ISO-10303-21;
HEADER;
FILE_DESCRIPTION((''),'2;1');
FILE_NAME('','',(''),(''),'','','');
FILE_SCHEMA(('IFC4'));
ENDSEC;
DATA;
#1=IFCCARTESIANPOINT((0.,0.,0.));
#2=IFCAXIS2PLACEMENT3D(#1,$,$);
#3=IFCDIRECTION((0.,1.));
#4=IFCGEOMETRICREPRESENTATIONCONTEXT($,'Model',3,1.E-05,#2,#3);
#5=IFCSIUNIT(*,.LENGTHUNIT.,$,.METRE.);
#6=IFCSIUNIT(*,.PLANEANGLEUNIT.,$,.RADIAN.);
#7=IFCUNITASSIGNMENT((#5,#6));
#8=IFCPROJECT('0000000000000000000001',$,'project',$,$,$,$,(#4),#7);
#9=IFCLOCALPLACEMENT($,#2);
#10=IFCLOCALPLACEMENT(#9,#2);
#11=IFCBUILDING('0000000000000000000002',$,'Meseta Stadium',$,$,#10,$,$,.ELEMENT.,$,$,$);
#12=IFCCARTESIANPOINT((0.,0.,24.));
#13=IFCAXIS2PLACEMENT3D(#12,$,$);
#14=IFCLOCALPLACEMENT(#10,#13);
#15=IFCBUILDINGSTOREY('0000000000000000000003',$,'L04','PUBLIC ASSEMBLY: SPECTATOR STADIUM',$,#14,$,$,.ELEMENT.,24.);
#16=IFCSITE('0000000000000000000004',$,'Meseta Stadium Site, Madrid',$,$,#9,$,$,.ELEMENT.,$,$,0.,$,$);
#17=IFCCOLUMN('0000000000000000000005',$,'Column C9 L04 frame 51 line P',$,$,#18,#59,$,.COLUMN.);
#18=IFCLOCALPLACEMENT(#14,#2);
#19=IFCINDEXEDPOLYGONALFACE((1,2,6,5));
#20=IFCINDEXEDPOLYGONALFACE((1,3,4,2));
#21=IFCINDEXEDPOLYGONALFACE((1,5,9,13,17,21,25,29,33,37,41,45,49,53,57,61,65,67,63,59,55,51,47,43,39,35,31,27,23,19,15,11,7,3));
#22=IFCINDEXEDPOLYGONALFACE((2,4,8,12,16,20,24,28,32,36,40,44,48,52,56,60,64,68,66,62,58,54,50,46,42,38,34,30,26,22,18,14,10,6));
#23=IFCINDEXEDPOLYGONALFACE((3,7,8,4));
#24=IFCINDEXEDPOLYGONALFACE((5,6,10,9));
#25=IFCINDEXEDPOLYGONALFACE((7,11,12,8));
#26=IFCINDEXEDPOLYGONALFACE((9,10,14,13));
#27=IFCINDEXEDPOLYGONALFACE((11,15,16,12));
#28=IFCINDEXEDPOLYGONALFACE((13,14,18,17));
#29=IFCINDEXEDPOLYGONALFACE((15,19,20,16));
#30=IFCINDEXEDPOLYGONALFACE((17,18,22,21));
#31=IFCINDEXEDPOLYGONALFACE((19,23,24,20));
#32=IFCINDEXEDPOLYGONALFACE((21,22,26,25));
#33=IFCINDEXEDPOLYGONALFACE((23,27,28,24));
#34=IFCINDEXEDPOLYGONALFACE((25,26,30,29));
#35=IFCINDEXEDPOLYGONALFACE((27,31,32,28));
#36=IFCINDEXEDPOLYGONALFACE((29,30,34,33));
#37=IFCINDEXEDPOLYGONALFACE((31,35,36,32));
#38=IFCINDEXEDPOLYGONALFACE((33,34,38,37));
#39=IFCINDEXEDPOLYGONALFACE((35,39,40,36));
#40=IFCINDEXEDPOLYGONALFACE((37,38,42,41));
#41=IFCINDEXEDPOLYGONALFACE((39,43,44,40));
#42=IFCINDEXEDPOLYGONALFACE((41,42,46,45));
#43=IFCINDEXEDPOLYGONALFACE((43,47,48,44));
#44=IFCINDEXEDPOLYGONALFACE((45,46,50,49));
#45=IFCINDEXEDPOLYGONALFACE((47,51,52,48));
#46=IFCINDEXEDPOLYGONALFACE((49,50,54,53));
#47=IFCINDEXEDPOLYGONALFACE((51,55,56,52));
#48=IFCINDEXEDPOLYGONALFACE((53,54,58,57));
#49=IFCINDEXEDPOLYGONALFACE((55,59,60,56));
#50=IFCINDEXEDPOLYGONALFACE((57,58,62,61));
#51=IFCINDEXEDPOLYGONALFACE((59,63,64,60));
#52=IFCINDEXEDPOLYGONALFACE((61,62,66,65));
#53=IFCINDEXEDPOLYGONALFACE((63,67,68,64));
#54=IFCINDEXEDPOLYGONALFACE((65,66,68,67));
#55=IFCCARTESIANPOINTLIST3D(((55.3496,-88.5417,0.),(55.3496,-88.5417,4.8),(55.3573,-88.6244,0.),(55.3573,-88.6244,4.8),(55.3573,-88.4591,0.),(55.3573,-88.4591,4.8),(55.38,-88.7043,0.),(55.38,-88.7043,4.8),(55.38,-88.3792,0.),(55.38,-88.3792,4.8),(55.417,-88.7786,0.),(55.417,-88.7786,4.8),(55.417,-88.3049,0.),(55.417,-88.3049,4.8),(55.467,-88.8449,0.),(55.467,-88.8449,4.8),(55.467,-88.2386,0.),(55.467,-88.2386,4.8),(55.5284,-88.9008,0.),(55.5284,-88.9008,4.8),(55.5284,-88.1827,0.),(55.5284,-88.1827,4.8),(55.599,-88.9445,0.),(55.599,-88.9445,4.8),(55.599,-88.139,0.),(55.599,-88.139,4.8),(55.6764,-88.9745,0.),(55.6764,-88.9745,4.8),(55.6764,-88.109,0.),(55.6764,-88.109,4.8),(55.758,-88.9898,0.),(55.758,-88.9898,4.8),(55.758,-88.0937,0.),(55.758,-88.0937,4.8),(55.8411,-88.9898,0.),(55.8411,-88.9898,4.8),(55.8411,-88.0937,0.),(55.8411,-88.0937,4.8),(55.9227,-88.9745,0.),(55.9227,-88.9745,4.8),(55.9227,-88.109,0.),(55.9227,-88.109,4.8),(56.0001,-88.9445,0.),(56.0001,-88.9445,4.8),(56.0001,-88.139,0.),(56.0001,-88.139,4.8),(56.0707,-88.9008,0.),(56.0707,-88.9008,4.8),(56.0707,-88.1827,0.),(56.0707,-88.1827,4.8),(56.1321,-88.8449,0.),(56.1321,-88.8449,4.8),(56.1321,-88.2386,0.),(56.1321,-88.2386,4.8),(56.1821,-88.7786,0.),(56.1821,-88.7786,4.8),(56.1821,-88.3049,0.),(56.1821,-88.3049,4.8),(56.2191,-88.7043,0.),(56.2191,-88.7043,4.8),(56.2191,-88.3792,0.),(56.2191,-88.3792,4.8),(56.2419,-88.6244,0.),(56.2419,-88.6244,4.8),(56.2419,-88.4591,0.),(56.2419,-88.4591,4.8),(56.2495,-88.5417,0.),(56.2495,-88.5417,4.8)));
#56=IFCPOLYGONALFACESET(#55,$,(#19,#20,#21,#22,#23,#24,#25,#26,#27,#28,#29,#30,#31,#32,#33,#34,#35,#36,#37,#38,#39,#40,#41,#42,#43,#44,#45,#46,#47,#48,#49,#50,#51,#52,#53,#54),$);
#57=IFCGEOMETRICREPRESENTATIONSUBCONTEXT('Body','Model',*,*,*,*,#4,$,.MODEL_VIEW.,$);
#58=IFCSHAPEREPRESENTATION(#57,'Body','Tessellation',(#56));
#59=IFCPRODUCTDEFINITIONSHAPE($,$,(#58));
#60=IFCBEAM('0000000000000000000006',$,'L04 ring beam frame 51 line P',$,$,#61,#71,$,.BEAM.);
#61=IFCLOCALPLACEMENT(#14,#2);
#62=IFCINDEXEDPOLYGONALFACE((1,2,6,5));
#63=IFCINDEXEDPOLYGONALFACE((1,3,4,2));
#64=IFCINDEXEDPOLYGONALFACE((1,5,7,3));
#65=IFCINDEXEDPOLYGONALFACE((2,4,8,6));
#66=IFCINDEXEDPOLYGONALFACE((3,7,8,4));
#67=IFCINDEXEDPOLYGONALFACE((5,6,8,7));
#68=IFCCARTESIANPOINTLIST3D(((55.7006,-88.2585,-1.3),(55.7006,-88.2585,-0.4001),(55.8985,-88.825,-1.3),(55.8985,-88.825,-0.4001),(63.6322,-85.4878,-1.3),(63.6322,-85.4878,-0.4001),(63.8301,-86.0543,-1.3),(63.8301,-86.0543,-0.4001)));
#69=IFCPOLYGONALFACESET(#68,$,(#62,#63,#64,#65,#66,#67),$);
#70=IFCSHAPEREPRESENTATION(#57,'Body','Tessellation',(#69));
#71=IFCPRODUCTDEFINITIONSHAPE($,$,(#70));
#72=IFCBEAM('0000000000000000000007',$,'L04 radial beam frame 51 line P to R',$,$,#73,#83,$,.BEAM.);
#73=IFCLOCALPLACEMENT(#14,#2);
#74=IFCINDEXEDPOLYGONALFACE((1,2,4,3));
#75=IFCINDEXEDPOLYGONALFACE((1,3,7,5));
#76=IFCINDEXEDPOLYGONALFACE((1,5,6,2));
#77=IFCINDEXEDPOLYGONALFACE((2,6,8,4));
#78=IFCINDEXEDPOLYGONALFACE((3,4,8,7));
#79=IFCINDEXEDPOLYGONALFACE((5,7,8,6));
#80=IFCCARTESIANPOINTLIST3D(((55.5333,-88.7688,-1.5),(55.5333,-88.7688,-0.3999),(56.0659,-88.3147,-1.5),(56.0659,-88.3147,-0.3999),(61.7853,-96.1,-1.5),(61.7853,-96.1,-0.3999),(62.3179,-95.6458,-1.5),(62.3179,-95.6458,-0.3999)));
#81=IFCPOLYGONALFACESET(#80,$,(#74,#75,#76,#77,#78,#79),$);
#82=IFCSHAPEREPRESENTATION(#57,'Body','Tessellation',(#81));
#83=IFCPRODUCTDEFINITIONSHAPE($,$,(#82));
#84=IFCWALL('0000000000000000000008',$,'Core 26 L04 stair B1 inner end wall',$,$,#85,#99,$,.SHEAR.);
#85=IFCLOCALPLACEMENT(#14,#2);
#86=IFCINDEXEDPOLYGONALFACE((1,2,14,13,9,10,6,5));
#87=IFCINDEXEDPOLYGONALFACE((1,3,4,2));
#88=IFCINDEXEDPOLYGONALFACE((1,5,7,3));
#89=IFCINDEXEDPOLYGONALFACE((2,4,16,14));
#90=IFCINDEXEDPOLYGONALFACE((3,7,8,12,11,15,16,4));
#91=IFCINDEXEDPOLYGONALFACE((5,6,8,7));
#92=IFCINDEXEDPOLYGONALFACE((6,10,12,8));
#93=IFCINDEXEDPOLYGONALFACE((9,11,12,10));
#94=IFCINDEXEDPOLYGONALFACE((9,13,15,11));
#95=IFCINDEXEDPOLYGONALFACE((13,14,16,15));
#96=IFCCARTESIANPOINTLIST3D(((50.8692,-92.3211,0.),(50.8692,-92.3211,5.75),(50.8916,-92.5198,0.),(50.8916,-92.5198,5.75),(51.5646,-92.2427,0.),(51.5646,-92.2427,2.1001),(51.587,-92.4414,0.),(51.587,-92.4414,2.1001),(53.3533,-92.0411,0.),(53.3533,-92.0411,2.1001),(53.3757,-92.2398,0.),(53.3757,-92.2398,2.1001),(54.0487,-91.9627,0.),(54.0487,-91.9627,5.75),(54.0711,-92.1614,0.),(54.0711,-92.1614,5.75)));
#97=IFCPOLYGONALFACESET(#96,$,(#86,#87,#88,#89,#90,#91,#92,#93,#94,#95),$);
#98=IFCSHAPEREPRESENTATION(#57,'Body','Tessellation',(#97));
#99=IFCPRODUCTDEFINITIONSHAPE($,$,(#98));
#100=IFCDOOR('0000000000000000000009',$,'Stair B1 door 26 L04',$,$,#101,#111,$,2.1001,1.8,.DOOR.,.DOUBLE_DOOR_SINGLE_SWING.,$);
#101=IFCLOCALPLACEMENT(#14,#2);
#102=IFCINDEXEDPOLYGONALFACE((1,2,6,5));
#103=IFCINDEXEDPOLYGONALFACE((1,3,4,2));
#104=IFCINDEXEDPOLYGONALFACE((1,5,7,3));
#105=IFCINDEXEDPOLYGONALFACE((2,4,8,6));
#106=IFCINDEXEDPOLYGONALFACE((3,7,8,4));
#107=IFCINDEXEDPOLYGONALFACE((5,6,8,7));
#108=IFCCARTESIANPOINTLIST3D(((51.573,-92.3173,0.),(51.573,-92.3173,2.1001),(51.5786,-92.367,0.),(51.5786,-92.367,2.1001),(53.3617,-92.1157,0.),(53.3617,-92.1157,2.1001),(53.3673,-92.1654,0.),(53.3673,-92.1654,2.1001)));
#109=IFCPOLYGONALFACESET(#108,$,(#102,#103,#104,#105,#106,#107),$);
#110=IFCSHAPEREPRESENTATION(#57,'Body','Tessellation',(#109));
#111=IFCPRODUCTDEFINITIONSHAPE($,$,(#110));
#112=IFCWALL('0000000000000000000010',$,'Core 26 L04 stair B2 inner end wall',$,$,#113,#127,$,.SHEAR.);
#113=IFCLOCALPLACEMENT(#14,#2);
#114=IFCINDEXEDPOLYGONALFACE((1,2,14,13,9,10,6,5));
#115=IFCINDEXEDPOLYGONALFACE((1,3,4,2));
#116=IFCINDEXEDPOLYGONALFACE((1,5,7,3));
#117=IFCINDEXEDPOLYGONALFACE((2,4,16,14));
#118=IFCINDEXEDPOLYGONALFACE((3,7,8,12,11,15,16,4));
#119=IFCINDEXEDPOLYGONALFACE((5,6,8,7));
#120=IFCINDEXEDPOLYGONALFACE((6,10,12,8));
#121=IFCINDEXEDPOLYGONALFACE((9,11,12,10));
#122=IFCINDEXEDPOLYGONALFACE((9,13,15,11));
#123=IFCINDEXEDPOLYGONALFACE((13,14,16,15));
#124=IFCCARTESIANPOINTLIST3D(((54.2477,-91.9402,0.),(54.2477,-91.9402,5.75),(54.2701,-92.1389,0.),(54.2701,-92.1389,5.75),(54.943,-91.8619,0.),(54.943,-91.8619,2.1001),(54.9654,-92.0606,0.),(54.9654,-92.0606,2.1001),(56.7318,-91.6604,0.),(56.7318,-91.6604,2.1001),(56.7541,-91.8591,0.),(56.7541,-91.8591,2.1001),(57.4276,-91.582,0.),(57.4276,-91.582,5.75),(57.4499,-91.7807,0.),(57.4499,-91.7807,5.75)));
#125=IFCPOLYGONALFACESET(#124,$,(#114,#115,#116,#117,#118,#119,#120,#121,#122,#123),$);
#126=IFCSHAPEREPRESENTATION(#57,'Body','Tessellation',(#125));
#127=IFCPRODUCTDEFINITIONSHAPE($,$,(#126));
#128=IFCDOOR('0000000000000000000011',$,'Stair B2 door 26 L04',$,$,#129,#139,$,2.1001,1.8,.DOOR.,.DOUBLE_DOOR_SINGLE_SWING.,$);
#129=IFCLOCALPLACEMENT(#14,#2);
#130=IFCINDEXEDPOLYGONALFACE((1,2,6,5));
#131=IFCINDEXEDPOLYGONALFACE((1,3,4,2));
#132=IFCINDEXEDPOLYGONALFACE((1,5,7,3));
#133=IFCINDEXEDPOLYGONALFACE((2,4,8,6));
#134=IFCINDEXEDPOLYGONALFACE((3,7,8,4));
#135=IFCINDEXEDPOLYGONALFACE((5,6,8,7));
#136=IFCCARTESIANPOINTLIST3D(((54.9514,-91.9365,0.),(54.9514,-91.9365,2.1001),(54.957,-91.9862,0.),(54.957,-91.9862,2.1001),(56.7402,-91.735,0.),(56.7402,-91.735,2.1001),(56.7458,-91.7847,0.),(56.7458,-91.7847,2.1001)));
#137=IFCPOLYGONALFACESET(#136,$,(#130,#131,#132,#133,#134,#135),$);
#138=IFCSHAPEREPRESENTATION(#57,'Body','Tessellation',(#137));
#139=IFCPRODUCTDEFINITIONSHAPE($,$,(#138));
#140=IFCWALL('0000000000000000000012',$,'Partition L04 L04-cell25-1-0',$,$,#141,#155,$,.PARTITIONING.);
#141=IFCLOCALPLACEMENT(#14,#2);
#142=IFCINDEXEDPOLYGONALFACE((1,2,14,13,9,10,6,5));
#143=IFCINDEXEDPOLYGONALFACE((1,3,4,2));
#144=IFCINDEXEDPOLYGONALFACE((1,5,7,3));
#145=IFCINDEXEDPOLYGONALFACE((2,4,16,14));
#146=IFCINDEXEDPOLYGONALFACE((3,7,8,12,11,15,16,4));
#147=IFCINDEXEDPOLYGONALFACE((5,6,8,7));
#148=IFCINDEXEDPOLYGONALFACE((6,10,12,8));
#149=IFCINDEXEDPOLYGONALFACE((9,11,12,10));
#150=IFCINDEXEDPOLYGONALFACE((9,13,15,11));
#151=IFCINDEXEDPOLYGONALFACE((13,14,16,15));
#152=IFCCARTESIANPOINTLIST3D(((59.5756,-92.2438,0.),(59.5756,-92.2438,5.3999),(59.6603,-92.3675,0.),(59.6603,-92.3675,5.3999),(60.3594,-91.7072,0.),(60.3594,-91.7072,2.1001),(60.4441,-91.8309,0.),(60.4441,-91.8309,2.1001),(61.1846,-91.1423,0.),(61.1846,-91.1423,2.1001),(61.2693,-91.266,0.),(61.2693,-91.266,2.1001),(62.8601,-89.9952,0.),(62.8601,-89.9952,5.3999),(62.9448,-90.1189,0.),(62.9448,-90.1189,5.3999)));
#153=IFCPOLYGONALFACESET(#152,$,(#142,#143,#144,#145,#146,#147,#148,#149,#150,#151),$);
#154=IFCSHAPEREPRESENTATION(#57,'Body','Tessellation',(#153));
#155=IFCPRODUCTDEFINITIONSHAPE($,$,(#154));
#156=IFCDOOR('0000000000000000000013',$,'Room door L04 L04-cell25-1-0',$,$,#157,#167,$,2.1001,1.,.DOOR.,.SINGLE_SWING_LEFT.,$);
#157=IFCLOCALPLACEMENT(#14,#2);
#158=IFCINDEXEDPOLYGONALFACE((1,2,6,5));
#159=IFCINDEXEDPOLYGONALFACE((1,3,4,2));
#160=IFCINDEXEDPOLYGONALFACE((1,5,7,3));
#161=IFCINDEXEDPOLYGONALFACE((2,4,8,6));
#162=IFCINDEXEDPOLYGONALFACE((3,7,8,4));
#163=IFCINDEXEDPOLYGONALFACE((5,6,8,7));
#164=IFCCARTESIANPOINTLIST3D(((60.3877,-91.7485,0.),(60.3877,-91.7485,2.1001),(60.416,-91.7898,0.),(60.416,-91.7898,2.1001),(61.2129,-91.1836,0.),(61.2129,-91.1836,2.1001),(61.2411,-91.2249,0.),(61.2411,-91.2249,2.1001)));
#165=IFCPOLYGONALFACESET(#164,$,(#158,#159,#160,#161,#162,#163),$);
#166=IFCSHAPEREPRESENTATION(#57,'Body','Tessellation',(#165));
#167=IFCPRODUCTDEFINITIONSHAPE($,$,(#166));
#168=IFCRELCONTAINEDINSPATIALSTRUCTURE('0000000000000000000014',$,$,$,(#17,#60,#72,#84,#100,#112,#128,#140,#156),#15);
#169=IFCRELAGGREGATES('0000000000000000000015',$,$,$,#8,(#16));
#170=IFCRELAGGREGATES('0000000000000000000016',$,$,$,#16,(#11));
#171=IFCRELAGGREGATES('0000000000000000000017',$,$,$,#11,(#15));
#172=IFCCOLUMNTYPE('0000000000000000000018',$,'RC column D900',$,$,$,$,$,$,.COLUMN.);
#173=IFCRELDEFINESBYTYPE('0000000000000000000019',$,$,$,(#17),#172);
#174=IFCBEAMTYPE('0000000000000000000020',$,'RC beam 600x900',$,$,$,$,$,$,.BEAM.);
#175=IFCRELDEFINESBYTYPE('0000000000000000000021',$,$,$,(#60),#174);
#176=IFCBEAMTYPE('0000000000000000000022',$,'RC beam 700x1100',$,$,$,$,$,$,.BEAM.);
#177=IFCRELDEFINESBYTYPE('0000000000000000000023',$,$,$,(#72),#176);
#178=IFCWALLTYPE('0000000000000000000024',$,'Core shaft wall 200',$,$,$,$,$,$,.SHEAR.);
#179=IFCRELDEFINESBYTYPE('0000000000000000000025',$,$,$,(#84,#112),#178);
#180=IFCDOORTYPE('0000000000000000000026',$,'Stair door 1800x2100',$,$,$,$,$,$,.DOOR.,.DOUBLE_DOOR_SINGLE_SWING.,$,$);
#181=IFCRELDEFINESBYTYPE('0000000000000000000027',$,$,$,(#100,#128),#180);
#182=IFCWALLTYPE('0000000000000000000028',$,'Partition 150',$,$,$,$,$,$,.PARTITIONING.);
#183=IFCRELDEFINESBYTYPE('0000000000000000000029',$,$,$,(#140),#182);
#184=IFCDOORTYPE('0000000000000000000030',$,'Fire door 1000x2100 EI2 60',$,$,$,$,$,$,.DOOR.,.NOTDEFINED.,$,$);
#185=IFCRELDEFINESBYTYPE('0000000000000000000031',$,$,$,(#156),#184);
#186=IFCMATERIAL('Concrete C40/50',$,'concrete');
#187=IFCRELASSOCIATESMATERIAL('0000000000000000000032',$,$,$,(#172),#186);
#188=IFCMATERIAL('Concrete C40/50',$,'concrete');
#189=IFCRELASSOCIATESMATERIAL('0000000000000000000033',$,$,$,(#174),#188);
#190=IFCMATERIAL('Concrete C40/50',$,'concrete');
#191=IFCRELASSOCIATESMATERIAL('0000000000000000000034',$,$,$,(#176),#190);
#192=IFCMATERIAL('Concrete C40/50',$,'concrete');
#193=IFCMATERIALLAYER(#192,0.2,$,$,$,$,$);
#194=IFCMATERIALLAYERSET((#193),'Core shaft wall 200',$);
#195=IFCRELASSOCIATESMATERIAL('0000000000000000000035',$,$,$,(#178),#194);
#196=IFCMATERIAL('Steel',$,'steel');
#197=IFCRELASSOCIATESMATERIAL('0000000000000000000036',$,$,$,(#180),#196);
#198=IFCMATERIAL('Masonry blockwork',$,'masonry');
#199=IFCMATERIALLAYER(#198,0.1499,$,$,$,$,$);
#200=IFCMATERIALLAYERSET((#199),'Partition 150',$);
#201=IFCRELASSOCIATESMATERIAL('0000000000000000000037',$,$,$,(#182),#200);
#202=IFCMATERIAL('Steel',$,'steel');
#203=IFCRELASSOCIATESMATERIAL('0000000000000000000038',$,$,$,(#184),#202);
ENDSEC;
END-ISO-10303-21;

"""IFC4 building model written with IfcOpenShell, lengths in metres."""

from ifc_helpers import new_model, si_unit, direction, frame, frame_2d, origin, origin_2d, place, context, subcontext, project, spatial, rectangle, circle, extrude, material, layer, layer_set, material_profile, profile_set, type_object, element, fill, save


model = new_model("IFC4")

# Units and contexts
model_context = context("Model", 3, precision=1e-05, world=origin(), true_north=direction((0.0, 1.0)))
body_context = subcontext(model_context, "Body", "Model", "MODEL_VIEW")
ifc_project = project(units=[si_unit("LENGTHUNIT", "METRE"), si_unit("PLANEANGLEUNIT", "RADIAN")], contexts=[model_context])

# Site, building, storey
site_placement = place(None, origin())
site = spatial("IfcSite", under=ifc_project, at=site_placement, Name="Meseta Stadium Site, Madrid", CompositionType="ELEMENT", RefElevation=0.0)
building_placement = place(site_placement, origin())
building = spatial("IfcBuilding", under=site, at=building_placement, Name="Meseta Stadium", CompositionType="ELEMENT")
storey_placement = place(building_placement, frame((0.0, 0.0, 24.0)))
storey = spatial("IfcBuildingStorey", under=building, at=storey_placement, Name="L04", Description="PUBLIC ASSEMBLY: SPECTATOR STADIUM", CompositionType="ELEMENT", Elevation=24.0)

# Column
ifc_material_1 = material(Name="Concrete C40/50", Category="concrete")
ifc_material_profile_1 = material_profile(ifc_material_1, circle(Radius=0.45, at=origin_2d()), Name="RC D900")
ifc_profile_set_1 = profile_set([ifc_material_profile_1], Name="Concrete C40/50")
column_type = type_object("IfcColumnType", Name="RC column D900", PredefinedType="COLUMN", material=ifc_profile_set_1)
column_placement = place(storey_placement, frame((55.7996, -88.5417, 0.0), z_axis=(0.0, 0.0, 1.0), x_axis=(1.0, 0.0, 0.0)))
element("IfcColumn", 1, at=column_placement, inside=storey, type_object=column_type, Name="Column C9 L04 frame 51 line P", PredefinedType="COLUMN", context=body_context, shape_type="SweptSolid", body=[
    extrude(circle(Radius=0.45, at=origin_2d()), origin(), (0.0, 0.0, 1.0), 4.8),
])

# Beams
ifc_material_2 = material(Name="Concrete C40/50", Category="concrete")
ifc_material_profile_2 = material_profile(ifc_material_2, rectangle(XDim=0.6001, YDim=0.8999, at=origin_2d()), Name="RC 600x900")
ifc_profile_set_2 = profile_set([ifc_material_profile_2], Name="Concrete C40/50")
beam_type_1 = type_object("IfcBeamType", Name="RC beam 600x900", PredefinedType="BEAM", material=ifc_profile_set_2)
beam_1_placement = place(storey_placement, frame((55.7996, -88.5417, -0.8501), z_axis=(0.944056, 0.329786, 0.0), x_axis=(-0.329786, 0.944056, 0.0)))
element("IfcBeam", 2, at=beam_1_placement, inside=storey, type_object=beam_type_1, Name="L04 ring beam frame 51 line P", PredefinedType="BEAM", context=body_context, shape_type="SweptSolid", body=[
    extrude(rectangle(XDim=0.6001, YDim=0.8999, at=origin_2d()), origin(), (0.0, 0.0, 1.0), 8.4016),
])
ifc_material_3 = material(Name="Concrete C40/50", Category="concrete")
ifc_material_profile_3 = material_profile(ifc_material_3, rectangle(XDim=0.7, YDim=1.1001, at=origin_2d()), Name="RC 700x1100")
ifc_profile_set_3 = profile_set([ifc_material_profile_3], Name="Concrete C40/50")
beam_type_2 = type_object("IfcBeamType", Name="RC beam 700x1100", PredefinedType="BEAM", material=ifc_profile_set_3)
beam_2_placement = place(storey_placement, frame((55.7996, -88.5417, -0.95), z_axis=(0.648886, -0.760885, 0.0), x_axis=(0.760885, 0.648886, 0.0)))
element("IfcBeam", 3, at=beam_2_placement, inside=storey, type_object=beam_type_2, Name="L04 radial beam frame 51 line P to R", PredefinedType="BEAM", context=body_context, shape_type="SweptSolid", body=[
    extrude(rectangle(XDim=0.7, YDim=1.1001, at=origin_2d()), origin(), (0.0, 0.0, 1.0), 9.635),
])

# Walls, openings, doors
ifc_material_4 = material(Name="Concrete C40/50", Category="concrete")
ifc_layer_1 = layer(ifc_material_4, 0.2)
ifc_layer_set_1 = layer_set([ifc_layer_1], Name="Core shaft wall 200")
wall_type_1 = type_object("IfcWallType", Name="Core shaft wall 200", PredefinedType="SHEAR", material=ifc_layer_set_1)
wall_1_placement = place(storey_placement, frame((50.8804, -92.4204, 0.0), z_axis=(0.0, 0.0, 1.0), x_axis=(0.993708, 0.112006, 0.0)))
wall_1 = element("IfcWall", 4, at=wall_1_placement, inside=storey, type_object=wall_type_1, Name="Core 26 L04 stair B1 inner end wall", PredefinedType="SHEAR", context=body_context, shape_type="SweptSolid", body=[
    extrude(rectangle(XDim=3.1997, YDim=0.2, at=frame_2d((1.5999, 0.0))), origin(), (0.0, 0.0, 1.0), 5.75),
])
opening_1_placement = place(wall_1_placement, frame((0.7, 0.0, 0.0)))
opening_1 = element("IfcOpeningElement", 5, at=opening_1_placement, cuts=wall_1, PredefinedType="OPENING", context=body_context, shape_type="SweptSolid", body=[
    extrude(rectangle(XDim=1.8, YDim=2.1001, at=frame_2d((0.8999, 1.05))), frame((0.0, 0.1099, 0.0), z_axis=(0.0, -1.0, 0.0), x_axis=(1.0, 0.0, 0.0)), (0.0, 0.0, 1.0), 0.22),
])
ifc_material_5 = material(Name="Steel", Category="steel")
door_type_1 = type_object("IfcDoorType", Name="Stair door 1800x2100", OperationType="DOUBLE_DOOR_SINGLE_SWING", PredefinedType="DOOR", material=ifc_material_5)
door_1_placement = place(opening_1_placement, origin())
door_1 = element("IfcDoor", 6, at=door_1_placement, inside=storey, type_object=door_type_1, Name="Stair B1 door 26 L04", OperationType="DOUBLE_DOOR_SINGLE_SWING", OverallHeight=2.1001, OverallWidth=1.8, PredefinedType="DOOR", context=body_context, shape_type="SweptSolid", body=[
    extrude(rectangle(XDim=1.8, YDim=2.1001, at=frame_2d((0.8999, 1.05))), frame((0.0, 0.0249, 0.0), z_axis=(0.0, -1.0, 0.0), x_axis=(1.0, 0.0, 0.0)), (0.0, 0.0, 1.0), 0.05),
])
fill(opening_1, door_1)
wall_2_placement = place(storey_placement, frame((54.2588, -92.0396, 0.0), z_axis=(0.0, 0.0, 1.0), x_axis=(0.993717, 0.111922, 0.0)))
wall_2 = element("IfcWall", 7, at=wall_2_placement, inside=storey, type_object=wall_type_1, Name="Core 26 L04 stair B2 inner end wall", PredefinedType="SHEAR", context=body_context, shape_type="SweptSolid", body=[
    extrude(rectangle(XDim=3.2, YDim=0.2, at=frame_2d((1.6001, 0.0))), origin(), (0.0, 0.0, 1.0), 5.75),
])
opening_2_placement = place(wall_2_placement, frame((0.7, 0.0, 0.0)))
opening_2 = element("IfcOpeningElement", 8, at=opening_2_placement, cuts=wall_2, PredefinedType="OPENING", context=body_context, shape_type="SweptSolid", body=[
    extrude(rectangle(XDim=1.8, YDim=2.1001, at=frame_2d((0.8999, 1.05))), frame((0.0, 0.1099, 0.0), z_axis=(0.0, -1.0, 0.0), x_axis=(1.0, 0.0, 0.0)), (0.0, 0.0, 1.0), 0.22),
])
door_2_placement = place(opening_2_placement, origin())
door_2 = element("IfcDoor", 9, at=door_2_placement, inside=storey, type_object=door_type_1, Name="Stair B2 door 26 L04", OperationType="DOUBLE_DOOR_SINGLE_SWING", OverallHeight=2.1001, OverallWidth=1.8, PredefinedType="DOOR", context=body_context, shape_type="SweptSolid", body=[
    extrude(rectangle(XDim=1.8, YDim=2.1001, at=frame_2d((0.8999, 1.05))), frame((0.0, 0.0249, 0.0), z_axis=(0.0, -1.0, 0.0), x_axis=(1.0, 0.0, 0.0)), (0.0, 0.0, 1.0), 0.05),
])
fill(opening_2, door_2)
ifc_material_6 = material(Name="Masonry blockwork", Category="masonry")
ifc_layer_2 = layer(ifc_material_6, 0.1499)
ifc_layer_set_2 = layer_set([ifc_layer_2], Name="Partition 150")
wall_type_2 = type_object("IfcWallType", Name="Partition 150", PredefinedType="PARTITIONING", material=ifc_layer_set_2)
wall_3_placement = place(storey_placement, frame((59.6179, -92.3057, 0.0), z_axis=(0.0, 0.0, 1.0), x_axis=(0.825155, 0.564906, 0.0)))
wall_3 = element("IfcWall", 10, at=wall_3_placement, inside=storey, type_object=wall_type_2, Name="Partition L04 L04-cell25-1-0", PredefinedType="PARTITIONING", context=body_context, shape_type="SweptSolid", body=[
    extrude(rectangle(XDim=3.9805, YDim=0.1499, at=frame_2d((1.9902, 0.0))), origin(), (0.0, 0.0, 1.0), 5.3999),
])
opening_3_placement = place(wall_3_placement, frame((0.95, 0.0, 0.0)))
opening_3 = element("IfcOpeningElement", 11, at=opening_3_placement, cuts=wall_3, PredefinedType="OPENING", context=body_context, shape_type="SweptSolid", body=[
    extrude(rectangle(XDim=1.0, YDim=2.1001, at=frame_2d((0.5, 1.05))), frame((0.0, 0.085, 0.0), z_axis=(0.0, -1.0, 0.0), x_axis=(1.0, 0.0, 0.0)), (0.0, 0.0, 1.0), 0.1699),
])
ifc_material_7 = material(Name="Steel", Category="steel")
door_type_2 = type_object("IfcDoorType", Name="Fire door 1000x2100 EI2 60", OperationType="NOTDEFINED", PredefinedType="DOOR", material=ifc_material_7)
door_3_placement = place(opening_3_placement, origin())
door_3 = element("IfcDoor", 12, at=door_3_placement, inside=storey, type_object=door_type_2, Name="Room door L04 L04-cell25-1-0", OperationType="SINGLE_SWING_LEFT", OverallHeight=2.1001, OverallWidth=1.0, PredefinedType="DOOR", context=body_context, shape_type="SweptSolid", body=[
    extrude(rectangle(XDim=1.0, YDim=2.1001, at=frame_2d((0.5, 1.05))), frame((0.0, 0.0249, 0.0), z_axis=(0.0, -1.0, 0.0), x_axis=(1.0, 0.0, 0.0)), (0.0, 0.0, 1.0), 0.05),
])
fill(opening_3, door_3)

save(model, "model.ifc")
